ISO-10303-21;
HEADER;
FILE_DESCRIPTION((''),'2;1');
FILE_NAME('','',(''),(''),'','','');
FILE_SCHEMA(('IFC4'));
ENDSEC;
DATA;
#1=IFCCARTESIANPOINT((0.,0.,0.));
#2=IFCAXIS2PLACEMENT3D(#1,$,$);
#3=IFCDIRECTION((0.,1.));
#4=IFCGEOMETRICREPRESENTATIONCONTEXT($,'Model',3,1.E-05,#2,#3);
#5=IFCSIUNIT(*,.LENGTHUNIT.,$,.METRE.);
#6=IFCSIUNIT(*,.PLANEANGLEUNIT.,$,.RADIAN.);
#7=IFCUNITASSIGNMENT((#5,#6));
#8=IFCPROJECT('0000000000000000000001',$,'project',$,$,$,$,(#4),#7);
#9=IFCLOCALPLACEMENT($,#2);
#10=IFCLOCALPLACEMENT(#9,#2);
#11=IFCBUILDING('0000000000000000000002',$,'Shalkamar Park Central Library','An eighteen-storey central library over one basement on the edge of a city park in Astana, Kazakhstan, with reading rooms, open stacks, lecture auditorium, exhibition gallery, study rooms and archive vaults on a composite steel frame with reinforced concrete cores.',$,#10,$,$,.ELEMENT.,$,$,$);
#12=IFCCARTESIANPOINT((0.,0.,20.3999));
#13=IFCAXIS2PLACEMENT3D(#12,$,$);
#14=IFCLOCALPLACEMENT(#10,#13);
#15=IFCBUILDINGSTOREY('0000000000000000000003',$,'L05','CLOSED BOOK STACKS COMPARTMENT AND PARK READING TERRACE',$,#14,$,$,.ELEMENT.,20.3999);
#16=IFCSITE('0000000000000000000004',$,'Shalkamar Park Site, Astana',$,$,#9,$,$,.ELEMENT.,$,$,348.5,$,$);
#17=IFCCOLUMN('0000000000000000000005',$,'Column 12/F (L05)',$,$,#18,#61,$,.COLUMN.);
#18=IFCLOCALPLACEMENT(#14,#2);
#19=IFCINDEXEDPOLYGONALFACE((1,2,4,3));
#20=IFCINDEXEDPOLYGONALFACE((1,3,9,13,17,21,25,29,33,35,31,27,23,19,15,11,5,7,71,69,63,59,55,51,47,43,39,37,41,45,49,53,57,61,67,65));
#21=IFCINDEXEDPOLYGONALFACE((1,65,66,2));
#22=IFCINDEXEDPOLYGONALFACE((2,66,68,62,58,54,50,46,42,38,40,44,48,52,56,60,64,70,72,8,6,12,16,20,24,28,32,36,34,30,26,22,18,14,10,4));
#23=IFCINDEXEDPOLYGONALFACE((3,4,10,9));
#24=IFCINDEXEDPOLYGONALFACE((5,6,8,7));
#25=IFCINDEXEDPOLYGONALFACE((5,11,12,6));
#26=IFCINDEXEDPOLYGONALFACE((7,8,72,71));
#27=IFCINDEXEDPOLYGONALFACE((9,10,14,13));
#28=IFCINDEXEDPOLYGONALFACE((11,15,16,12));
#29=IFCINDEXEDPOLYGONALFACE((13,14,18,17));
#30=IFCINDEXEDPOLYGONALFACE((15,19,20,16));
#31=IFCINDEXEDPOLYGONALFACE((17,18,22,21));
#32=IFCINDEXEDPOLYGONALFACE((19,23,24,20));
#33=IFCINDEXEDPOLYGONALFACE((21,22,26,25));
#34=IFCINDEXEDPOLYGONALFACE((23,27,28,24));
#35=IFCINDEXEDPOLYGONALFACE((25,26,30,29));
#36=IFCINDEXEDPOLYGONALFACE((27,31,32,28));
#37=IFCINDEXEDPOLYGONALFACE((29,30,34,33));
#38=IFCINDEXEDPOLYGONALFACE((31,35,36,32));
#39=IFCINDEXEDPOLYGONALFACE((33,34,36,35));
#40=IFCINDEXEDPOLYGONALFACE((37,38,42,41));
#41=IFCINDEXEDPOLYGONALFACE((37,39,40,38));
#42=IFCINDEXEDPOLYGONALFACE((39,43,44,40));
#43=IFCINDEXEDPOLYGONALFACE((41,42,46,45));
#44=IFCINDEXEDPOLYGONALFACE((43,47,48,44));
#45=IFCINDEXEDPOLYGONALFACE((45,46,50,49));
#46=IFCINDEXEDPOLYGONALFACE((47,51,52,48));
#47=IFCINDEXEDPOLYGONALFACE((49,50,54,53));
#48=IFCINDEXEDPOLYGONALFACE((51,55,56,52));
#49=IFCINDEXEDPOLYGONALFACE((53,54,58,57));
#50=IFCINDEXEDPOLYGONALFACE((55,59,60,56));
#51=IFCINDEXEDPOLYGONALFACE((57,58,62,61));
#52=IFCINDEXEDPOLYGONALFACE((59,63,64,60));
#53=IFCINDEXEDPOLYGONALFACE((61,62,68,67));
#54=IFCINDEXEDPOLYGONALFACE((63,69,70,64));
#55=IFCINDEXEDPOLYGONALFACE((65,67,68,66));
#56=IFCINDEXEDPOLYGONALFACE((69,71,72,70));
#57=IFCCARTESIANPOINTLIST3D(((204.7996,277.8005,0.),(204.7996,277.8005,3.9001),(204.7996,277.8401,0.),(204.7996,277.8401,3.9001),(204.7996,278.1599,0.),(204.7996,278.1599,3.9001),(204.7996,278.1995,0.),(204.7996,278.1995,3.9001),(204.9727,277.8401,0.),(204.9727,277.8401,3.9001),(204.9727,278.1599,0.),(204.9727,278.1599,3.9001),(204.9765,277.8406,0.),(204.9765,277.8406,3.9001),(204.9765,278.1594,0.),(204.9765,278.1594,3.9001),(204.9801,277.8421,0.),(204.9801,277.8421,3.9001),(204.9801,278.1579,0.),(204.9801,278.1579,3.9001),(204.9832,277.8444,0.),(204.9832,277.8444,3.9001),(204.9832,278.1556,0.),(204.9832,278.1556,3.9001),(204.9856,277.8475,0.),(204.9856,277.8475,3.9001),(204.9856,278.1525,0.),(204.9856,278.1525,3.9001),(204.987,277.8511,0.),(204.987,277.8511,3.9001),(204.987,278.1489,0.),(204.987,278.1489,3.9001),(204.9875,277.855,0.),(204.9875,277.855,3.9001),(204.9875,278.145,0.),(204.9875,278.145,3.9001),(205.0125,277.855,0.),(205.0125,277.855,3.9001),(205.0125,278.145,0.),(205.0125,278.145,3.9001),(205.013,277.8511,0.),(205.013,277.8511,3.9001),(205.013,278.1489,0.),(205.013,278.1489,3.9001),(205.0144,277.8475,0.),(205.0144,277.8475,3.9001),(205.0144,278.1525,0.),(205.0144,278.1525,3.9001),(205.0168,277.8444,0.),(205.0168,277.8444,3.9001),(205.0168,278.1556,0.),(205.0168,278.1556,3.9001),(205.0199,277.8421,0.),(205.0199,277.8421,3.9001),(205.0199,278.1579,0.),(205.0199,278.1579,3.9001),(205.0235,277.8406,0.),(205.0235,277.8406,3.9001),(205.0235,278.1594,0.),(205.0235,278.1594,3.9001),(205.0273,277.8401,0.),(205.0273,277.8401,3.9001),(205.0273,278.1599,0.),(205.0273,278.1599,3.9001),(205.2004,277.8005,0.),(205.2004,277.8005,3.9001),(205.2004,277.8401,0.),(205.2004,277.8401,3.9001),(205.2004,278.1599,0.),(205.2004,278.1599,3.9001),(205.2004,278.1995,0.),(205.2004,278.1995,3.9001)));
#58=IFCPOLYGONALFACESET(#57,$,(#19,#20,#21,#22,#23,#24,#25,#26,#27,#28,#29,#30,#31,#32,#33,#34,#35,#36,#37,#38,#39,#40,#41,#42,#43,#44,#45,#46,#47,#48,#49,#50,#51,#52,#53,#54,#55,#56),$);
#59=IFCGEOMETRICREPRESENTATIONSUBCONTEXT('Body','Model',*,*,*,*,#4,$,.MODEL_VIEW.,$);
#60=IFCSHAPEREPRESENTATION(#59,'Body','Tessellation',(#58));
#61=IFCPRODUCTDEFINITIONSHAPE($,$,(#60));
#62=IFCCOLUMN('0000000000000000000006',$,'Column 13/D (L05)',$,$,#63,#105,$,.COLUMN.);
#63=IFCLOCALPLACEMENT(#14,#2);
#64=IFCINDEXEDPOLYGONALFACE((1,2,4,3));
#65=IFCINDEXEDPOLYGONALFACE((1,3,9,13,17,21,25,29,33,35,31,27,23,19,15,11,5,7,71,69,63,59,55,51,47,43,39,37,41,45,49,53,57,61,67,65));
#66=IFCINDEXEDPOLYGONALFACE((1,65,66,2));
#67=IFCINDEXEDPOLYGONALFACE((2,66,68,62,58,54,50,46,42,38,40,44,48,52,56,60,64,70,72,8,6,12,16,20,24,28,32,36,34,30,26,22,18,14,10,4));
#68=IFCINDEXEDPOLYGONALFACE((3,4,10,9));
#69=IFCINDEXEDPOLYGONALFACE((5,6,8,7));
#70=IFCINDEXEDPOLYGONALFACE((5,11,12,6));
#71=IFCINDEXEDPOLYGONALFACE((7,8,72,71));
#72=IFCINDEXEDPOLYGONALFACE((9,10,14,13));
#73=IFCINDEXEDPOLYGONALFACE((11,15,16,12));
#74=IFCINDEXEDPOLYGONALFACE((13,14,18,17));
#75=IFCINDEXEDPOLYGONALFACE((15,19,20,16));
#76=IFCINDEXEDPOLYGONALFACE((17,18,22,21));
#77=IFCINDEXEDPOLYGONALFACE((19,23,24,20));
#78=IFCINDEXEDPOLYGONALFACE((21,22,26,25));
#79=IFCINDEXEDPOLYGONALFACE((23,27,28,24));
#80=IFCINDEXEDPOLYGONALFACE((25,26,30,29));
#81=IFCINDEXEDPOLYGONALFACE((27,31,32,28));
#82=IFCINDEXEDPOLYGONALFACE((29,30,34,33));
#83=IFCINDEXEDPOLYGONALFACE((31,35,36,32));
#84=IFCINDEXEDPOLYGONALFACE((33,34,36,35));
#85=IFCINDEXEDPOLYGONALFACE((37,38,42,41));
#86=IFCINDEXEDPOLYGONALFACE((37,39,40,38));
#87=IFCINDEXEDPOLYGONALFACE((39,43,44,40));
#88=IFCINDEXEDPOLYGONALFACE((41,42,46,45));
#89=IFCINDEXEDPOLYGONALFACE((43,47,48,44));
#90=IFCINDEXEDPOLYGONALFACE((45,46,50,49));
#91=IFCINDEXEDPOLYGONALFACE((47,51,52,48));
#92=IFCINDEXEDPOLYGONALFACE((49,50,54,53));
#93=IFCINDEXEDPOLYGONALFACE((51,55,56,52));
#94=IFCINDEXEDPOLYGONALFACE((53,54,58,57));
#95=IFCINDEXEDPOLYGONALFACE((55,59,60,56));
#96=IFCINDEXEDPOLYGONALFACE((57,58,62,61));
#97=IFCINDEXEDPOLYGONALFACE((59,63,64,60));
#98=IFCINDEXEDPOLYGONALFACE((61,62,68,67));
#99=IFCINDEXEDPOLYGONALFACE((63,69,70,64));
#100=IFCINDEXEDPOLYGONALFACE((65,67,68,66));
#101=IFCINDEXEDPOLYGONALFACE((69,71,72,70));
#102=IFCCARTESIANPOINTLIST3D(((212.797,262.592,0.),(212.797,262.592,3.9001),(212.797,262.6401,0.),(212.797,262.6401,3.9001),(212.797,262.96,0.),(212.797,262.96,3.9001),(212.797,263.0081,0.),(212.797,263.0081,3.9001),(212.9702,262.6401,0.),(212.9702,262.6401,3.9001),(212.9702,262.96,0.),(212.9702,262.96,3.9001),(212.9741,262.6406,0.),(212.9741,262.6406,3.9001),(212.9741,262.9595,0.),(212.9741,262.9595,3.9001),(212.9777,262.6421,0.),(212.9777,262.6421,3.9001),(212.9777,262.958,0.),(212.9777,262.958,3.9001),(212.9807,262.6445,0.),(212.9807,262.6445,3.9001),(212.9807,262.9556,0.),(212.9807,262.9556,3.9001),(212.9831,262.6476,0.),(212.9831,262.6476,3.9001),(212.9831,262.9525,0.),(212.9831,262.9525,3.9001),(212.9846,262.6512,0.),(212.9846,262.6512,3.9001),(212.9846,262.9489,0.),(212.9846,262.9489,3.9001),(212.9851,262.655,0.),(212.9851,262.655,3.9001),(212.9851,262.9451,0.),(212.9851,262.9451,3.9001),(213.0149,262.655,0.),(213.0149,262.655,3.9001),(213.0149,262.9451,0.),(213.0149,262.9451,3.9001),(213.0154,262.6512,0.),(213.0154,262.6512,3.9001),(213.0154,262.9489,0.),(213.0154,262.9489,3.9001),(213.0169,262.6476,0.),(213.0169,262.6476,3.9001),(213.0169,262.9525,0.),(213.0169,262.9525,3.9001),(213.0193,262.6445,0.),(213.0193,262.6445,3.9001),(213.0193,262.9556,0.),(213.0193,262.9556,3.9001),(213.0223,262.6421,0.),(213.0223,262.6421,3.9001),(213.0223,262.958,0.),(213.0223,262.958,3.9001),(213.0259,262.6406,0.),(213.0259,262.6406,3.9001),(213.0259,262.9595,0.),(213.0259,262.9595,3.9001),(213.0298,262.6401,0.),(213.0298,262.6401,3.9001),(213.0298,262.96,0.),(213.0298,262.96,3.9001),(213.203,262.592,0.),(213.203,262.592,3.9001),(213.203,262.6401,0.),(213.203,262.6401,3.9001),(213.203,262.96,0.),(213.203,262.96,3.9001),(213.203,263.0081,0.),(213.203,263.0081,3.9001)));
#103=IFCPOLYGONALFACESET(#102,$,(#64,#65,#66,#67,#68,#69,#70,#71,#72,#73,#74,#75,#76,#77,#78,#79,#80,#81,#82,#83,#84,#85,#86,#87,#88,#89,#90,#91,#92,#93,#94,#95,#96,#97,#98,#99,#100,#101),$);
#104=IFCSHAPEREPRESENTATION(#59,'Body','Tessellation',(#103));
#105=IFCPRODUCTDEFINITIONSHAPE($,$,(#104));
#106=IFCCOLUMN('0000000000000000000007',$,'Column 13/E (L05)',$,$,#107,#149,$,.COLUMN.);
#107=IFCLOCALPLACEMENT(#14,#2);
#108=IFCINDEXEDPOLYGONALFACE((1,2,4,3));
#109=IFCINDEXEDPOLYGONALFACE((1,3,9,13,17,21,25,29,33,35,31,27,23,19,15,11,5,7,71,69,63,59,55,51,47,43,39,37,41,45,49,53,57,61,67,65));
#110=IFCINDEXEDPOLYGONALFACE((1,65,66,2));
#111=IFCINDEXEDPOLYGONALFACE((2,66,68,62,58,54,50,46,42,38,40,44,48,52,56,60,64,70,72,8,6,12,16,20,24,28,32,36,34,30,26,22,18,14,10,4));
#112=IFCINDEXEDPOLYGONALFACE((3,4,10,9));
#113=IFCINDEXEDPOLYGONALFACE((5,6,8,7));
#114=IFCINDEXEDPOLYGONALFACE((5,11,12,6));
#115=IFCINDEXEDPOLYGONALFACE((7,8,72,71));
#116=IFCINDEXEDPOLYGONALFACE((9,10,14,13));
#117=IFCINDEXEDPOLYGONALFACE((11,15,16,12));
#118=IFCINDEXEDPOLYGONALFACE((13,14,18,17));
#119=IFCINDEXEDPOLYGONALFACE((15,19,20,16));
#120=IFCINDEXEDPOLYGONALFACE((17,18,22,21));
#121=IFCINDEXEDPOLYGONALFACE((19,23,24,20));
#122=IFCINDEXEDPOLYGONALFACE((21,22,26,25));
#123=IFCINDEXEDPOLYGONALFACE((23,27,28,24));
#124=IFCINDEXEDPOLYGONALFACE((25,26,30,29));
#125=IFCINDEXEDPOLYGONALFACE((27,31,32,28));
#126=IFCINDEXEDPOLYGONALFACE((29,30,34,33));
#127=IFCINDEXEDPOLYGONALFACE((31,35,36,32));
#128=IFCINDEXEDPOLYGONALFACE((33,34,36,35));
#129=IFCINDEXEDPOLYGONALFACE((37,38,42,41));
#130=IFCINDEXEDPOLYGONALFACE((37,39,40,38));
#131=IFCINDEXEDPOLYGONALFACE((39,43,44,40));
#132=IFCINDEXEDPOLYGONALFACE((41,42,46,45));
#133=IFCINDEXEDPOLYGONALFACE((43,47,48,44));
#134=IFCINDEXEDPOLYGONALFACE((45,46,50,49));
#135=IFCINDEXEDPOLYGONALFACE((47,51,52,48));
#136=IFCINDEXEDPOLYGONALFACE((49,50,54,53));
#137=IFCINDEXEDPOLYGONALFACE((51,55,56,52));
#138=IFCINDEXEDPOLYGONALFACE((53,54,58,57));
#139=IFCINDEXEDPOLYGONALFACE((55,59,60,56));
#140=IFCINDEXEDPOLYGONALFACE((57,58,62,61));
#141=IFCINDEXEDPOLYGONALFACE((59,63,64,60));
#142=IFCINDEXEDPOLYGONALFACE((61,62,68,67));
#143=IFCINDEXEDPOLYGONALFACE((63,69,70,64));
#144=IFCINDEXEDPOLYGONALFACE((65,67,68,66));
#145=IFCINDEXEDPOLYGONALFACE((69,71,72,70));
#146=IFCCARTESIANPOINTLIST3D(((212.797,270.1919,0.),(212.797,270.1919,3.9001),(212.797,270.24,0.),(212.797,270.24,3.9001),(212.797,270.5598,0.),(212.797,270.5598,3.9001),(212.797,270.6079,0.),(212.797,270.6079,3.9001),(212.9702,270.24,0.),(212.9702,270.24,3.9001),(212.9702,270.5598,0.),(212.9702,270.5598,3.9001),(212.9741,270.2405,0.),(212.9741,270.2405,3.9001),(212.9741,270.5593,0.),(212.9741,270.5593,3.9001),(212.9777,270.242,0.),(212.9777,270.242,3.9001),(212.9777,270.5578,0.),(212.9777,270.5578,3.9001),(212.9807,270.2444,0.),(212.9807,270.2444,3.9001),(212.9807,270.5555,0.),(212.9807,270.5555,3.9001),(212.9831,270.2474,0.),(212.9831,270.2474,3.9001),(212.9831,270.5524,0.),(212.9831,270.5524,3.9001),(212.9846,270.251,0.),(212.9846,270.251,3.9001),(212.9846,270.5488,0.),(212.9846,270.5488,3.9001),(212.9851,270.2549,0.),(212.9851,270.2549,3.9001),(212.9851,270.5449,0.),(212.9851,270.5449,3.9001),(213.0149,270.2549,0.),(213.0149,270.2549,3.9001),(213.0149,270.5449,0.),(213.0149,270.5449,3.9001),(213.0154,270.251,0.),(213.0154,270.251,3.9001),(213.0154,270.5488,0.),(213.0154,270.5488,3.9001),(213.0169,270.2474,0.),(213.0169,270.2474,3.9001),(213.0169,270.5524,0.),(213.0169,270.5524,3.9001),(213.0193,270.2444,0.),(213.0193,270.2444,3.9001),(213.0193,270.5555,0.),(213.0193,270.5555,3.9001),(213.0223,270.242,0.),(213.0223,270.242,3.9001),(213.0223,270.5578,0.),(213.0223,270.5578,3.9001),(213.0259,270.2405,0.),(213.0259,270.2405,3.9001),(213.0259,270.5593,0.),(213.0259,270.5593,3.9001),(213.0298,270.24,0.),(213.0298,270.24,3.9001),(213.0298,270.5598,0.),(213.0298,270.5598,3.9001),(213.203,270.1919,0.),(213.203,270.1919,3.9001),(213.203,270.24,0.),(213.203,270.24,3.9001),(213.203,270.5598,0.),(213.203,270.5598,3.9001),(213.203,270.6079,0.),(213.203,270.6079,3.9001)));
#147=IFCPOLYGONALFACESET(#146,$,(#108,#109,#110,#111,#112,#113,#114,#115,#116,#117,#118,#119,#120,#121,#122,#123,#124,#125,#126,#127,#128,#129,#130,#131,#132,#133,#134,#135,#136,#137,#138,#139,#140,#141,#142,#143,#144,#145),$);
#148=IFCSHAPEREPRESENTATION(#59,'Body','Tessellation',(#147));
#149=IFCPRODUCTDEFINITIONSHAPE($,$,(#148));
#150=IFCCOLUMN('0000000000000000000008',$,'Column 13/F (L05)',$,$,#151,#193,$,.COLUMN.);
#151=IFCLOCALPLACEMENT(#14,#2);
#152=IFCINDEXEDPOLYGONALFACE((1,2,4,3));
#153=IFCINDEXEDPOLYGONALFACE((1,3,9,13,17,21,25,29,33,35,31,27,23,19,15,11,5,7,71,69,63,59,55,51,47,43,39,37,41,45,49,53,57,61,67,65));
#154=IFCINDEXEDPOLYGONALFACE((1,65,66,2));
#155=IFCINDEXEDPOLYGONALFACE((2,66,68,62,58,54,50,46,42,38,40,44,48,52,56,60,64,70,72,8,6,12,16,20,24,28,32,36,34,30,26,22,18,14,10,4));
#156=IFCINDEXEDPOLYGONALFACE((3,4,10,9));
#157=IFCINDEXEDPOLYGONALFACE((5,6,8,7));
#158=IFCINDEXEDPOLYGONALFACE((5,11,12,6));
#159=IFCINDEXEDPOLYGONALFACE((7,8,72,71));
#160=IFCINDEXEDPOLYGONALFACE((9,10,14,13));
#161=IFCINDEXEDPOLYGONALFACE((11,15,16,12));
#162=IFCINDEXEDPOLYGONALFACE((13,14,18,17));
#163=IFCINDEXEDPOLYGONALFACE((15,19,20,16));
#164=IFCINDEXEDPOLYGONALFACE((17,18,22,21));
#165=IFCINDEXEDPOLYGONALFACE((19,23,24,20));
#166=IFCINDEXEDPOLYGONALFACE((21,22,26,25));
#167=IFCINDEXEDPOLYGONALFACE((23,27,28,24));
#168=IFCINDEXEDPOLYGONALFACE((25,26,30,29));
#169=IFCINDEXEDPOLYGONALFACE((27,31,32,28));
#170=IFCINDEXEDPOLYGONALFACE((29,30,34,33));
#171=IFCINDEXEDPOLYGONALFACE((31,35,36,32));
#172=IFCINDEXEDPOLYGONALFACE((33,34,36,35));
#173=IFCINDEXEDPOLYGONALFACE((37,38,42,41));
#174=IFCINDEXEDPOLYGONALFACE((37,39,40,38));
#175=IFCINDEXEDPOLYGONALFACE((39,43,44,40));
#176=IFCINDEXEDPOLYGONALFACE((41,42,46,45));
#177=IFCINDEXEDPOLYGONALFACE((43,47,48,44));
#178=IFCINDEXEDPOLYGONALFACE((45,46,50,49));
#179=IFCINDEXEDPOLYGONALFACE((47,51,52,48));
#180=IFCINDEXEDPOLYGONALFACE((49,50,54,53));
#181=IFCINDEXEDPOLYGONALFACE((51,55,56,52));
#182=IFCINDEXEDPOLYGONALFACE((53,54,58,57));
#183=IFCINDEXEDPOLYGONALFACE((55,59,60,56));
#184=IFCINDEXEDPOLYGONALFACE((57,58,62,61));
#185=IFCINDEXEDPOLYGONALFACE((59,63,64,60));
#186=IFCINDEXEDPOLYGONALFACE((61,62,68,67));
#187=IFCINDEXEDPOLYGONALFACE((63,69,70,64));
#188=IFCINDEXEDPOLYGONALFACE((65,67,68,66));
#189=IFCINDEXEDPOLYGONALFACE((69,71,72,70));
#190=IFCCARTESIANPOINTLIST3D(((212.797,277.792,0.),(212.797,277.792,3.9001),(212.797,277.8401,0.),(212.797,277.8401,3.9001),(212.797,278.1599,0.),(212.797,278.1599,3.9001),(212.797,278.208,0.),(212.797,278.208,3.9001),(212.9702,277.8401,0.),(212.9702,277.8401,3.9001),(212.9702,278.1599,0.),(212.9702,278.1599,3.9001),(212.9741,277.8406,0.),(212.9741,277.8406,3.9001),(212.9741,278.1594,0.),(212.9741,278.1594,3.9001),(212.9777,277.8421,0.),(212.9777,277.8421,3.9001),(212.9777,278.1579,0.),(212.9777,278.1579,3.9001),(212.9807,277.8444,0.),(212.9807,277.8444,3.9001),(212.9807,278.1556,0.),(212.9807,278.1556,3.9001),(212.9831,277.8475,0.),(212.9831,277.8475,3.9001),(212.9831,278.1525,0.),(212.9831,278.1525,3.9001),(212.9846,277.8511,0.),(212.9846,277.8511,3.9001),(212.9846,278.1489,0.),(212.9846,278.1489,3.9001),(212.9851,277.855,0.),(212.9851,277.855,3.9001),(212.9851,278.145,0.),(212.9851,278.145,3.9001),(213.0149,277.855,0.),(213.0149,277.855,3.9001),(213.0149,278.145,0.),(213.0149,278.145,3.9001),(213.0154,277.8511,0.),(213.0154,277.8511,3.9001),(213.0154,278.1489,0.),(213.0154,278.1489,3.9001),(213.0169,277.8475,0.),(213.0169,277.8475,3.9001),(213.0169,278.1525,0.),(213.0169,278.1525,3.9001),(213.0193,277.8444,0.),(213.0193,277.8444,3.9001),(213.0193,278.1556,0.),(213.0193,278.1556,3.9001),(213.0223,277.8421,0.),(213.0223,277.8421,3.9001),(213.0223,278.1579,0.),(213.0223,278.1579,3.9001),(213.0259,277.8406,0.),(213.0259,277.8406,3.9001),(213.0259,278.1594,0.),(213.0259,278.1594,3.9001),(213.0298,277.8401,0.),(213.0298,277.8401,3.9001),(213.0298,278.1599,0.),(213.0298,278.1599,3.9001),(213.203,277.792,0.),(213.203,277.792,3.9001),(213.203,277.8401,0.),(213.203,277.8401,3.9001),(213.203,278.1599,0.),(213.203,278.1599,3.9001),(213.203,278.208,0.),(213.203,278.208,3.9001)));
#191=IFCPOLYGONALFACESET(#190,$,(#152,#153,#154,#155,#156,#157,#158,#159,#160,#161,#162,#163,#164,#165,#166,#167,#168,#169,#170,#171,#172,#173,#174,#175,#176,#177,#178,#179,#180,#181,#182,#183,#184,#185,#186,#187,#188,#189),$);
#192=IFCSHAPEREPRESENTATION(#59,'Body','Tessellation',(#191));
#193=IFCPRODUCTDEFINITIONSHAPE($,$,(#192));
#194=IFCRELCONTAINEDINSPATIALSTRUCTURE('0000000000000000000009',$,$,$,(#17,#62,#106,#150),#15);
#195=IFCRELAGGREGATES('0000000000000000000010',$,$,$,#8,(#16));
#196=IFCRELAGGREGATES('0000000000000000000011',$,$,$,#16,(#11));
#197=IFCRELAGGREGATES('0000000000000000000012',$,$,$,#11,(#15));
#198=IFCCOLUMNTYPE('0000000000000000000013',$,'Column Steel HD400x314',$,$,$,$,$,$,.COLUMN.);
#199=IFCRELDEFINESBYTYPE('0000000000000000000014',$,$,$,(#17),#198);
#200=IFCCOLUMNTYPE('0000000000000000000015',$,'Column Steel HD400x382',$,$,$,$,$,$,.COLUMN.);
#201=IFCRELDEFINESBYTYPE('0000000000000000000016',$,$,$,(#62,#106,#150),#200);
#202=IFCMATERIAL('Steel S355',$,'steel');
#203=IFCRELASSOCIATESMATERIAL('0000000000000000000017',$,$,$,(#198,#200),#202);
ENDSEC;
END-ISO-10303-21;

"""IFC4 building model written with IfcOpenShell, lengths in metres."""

from ifc_helpers import new_model, si_unit, direction, frame, origin, origin_2d, place, context, subcontext, project, spatial, i_section, extrude, material, material_profile, profile_set, type_object, element, save


model = new_model("IFC4")

# Units and contexts
model_context = context("Model", 3, precision=1e-05, world=origin(), true_north=direction((0.0, 1.0)))
body_context = subcontext(model_context, "Body", "Model", "MODEL_VIEW")
ifc_project = project(units=[si_unit("LENGTHUNIT", "METRE"), si_unit("PLANEANGLEUNIT", "RADIAN")], contexts=[model_context])

# Site, building, storey
site_placement = place(None, origin())
site = spatial("IfcSite", under=ifc_project, at=site_placement, Name="Shalkamar Park Site, Astana", CompositionType="ELEMENT", RefElevation=348.5)
building_placement = place(site_placement, origin())
building = spatial("IfcBuilding", under=site, at=building_placement, Name="Shalkamar Park Central Library", Description="An eighteen-storey central library over one basement on the edge of a city park in Astana, Kazakhstan, with reading rooms, open stacks, lecture auditorium, exhibition gallery, study rooms and archive vaults on a composite steel frame with reinforced concrete cores.", CompositionType="ELEMENT")
storey_placement = place(building_placement, frame((0.0, 0.0, 20.3999)))
storey = spatial("IfcBuildingStorey", under=building, at=storey_placement, Name="L05", Description="CLOSED BOOK STACKS COMPARTMENT AND PARK READING TERRACE", CompositionType="ELEMENT", Elevation=20.3999)

# Columns
ifc_material_1 = material(Name="Steel S355", Category="steel")
ifc_material_profile_1 = material_profile(ifc_material_1, i_section(OverallWidth=0.4009, OverallDepth=0.3989, WebThickness=0.0249, FlangeThickness=0.0396, FilletRadius=0.0149, at=origin_2d()), Name="HD 400x314")
ifc_profile_set_1 = profile_set([ifc_material_profile_1], Name="Steel S355")
column_type_1 = type_object("IfcColumnType", Name="Column Steel HD400x314", PredefinedType="COLUMN", material=ifc_profile_set_1)
column_placement = place(storey_placement, frame((205.0, 278.0, 0.0), z_axis=(0.0, 0.0, 1.0), x_axis=(1.0, 0.0, 0.0)))
element("IfcColumn", 1, at=column_placement, inside=storey, type_object=column_type_1, Name="Column 12/F (L05)", PredefinedType="COLUMN", context=body_context, shape_type="SweptSolid", body=[
    extrude(i_section(OverallWidth=0.4009, OverallDepth=0.3989, WebThickness=0.0249, FlangeThickness=0.0396, FilletRadius=0.0149, at=origin_2d()), origin(), (0.0, 0.0, 1.0), 3.9001),
])
ifc_material_profile_2 = material_profile(ifc_material_1, i_section(OverallWidth=0.406, OverallDepth=0.416, WebThickness=0.0298, FlangeThickness=0.0481, FilletRadius=0.0149, at=origin_2d()), Name="HD 400x382")
ifc_profile_set_2 = profile_set([ifc_material_profile_2], Name="Steel S355")
column_type_2 = type_object("IfcColumnType", Name="Column Steel HD400x382", PredefinedType="COLUMN", material=ifc_profile_set_2)
for number, where, z_axis, x_axis, name in (
    (2, (213.0, 262.8, 0.0), (0.0, 0.0, 1.0), (1.0, 0.0, 0.0), "Column 13/D (L05)"),
    (3, (213.0, 270.3999, 0.0), (0.0, 0.0, 1.0), (1.0, 0.0, 0.0), "Column 13/E (L05)"),
    (4, (213.0, 278.0, 0.0), (0.0, 0.0, 1.0), (1.0, 0.0, 0.0), "Column 13/F (L05)"),
):
    element("IfcColumn", number, at=place(storey_placement, frame(where, z_axis=z_axis, x_axis=x_axis)), inside=storey, type_object=column_type_2, Name=name, PredefinedType="COLUMN", context=body_context, shape_type="SweptSolid", body=[
        extrude(i_section(OverallWidth=0.406, OverallDepth=0.416, WebThickness=0.0298, FlangeThickness=0.0481, FilletRadius=0.0149, at=origin_2d()), origin(), (0.0, 0.0, 1.0), 3.9001),
    ])

save(model, "model.ifc")
